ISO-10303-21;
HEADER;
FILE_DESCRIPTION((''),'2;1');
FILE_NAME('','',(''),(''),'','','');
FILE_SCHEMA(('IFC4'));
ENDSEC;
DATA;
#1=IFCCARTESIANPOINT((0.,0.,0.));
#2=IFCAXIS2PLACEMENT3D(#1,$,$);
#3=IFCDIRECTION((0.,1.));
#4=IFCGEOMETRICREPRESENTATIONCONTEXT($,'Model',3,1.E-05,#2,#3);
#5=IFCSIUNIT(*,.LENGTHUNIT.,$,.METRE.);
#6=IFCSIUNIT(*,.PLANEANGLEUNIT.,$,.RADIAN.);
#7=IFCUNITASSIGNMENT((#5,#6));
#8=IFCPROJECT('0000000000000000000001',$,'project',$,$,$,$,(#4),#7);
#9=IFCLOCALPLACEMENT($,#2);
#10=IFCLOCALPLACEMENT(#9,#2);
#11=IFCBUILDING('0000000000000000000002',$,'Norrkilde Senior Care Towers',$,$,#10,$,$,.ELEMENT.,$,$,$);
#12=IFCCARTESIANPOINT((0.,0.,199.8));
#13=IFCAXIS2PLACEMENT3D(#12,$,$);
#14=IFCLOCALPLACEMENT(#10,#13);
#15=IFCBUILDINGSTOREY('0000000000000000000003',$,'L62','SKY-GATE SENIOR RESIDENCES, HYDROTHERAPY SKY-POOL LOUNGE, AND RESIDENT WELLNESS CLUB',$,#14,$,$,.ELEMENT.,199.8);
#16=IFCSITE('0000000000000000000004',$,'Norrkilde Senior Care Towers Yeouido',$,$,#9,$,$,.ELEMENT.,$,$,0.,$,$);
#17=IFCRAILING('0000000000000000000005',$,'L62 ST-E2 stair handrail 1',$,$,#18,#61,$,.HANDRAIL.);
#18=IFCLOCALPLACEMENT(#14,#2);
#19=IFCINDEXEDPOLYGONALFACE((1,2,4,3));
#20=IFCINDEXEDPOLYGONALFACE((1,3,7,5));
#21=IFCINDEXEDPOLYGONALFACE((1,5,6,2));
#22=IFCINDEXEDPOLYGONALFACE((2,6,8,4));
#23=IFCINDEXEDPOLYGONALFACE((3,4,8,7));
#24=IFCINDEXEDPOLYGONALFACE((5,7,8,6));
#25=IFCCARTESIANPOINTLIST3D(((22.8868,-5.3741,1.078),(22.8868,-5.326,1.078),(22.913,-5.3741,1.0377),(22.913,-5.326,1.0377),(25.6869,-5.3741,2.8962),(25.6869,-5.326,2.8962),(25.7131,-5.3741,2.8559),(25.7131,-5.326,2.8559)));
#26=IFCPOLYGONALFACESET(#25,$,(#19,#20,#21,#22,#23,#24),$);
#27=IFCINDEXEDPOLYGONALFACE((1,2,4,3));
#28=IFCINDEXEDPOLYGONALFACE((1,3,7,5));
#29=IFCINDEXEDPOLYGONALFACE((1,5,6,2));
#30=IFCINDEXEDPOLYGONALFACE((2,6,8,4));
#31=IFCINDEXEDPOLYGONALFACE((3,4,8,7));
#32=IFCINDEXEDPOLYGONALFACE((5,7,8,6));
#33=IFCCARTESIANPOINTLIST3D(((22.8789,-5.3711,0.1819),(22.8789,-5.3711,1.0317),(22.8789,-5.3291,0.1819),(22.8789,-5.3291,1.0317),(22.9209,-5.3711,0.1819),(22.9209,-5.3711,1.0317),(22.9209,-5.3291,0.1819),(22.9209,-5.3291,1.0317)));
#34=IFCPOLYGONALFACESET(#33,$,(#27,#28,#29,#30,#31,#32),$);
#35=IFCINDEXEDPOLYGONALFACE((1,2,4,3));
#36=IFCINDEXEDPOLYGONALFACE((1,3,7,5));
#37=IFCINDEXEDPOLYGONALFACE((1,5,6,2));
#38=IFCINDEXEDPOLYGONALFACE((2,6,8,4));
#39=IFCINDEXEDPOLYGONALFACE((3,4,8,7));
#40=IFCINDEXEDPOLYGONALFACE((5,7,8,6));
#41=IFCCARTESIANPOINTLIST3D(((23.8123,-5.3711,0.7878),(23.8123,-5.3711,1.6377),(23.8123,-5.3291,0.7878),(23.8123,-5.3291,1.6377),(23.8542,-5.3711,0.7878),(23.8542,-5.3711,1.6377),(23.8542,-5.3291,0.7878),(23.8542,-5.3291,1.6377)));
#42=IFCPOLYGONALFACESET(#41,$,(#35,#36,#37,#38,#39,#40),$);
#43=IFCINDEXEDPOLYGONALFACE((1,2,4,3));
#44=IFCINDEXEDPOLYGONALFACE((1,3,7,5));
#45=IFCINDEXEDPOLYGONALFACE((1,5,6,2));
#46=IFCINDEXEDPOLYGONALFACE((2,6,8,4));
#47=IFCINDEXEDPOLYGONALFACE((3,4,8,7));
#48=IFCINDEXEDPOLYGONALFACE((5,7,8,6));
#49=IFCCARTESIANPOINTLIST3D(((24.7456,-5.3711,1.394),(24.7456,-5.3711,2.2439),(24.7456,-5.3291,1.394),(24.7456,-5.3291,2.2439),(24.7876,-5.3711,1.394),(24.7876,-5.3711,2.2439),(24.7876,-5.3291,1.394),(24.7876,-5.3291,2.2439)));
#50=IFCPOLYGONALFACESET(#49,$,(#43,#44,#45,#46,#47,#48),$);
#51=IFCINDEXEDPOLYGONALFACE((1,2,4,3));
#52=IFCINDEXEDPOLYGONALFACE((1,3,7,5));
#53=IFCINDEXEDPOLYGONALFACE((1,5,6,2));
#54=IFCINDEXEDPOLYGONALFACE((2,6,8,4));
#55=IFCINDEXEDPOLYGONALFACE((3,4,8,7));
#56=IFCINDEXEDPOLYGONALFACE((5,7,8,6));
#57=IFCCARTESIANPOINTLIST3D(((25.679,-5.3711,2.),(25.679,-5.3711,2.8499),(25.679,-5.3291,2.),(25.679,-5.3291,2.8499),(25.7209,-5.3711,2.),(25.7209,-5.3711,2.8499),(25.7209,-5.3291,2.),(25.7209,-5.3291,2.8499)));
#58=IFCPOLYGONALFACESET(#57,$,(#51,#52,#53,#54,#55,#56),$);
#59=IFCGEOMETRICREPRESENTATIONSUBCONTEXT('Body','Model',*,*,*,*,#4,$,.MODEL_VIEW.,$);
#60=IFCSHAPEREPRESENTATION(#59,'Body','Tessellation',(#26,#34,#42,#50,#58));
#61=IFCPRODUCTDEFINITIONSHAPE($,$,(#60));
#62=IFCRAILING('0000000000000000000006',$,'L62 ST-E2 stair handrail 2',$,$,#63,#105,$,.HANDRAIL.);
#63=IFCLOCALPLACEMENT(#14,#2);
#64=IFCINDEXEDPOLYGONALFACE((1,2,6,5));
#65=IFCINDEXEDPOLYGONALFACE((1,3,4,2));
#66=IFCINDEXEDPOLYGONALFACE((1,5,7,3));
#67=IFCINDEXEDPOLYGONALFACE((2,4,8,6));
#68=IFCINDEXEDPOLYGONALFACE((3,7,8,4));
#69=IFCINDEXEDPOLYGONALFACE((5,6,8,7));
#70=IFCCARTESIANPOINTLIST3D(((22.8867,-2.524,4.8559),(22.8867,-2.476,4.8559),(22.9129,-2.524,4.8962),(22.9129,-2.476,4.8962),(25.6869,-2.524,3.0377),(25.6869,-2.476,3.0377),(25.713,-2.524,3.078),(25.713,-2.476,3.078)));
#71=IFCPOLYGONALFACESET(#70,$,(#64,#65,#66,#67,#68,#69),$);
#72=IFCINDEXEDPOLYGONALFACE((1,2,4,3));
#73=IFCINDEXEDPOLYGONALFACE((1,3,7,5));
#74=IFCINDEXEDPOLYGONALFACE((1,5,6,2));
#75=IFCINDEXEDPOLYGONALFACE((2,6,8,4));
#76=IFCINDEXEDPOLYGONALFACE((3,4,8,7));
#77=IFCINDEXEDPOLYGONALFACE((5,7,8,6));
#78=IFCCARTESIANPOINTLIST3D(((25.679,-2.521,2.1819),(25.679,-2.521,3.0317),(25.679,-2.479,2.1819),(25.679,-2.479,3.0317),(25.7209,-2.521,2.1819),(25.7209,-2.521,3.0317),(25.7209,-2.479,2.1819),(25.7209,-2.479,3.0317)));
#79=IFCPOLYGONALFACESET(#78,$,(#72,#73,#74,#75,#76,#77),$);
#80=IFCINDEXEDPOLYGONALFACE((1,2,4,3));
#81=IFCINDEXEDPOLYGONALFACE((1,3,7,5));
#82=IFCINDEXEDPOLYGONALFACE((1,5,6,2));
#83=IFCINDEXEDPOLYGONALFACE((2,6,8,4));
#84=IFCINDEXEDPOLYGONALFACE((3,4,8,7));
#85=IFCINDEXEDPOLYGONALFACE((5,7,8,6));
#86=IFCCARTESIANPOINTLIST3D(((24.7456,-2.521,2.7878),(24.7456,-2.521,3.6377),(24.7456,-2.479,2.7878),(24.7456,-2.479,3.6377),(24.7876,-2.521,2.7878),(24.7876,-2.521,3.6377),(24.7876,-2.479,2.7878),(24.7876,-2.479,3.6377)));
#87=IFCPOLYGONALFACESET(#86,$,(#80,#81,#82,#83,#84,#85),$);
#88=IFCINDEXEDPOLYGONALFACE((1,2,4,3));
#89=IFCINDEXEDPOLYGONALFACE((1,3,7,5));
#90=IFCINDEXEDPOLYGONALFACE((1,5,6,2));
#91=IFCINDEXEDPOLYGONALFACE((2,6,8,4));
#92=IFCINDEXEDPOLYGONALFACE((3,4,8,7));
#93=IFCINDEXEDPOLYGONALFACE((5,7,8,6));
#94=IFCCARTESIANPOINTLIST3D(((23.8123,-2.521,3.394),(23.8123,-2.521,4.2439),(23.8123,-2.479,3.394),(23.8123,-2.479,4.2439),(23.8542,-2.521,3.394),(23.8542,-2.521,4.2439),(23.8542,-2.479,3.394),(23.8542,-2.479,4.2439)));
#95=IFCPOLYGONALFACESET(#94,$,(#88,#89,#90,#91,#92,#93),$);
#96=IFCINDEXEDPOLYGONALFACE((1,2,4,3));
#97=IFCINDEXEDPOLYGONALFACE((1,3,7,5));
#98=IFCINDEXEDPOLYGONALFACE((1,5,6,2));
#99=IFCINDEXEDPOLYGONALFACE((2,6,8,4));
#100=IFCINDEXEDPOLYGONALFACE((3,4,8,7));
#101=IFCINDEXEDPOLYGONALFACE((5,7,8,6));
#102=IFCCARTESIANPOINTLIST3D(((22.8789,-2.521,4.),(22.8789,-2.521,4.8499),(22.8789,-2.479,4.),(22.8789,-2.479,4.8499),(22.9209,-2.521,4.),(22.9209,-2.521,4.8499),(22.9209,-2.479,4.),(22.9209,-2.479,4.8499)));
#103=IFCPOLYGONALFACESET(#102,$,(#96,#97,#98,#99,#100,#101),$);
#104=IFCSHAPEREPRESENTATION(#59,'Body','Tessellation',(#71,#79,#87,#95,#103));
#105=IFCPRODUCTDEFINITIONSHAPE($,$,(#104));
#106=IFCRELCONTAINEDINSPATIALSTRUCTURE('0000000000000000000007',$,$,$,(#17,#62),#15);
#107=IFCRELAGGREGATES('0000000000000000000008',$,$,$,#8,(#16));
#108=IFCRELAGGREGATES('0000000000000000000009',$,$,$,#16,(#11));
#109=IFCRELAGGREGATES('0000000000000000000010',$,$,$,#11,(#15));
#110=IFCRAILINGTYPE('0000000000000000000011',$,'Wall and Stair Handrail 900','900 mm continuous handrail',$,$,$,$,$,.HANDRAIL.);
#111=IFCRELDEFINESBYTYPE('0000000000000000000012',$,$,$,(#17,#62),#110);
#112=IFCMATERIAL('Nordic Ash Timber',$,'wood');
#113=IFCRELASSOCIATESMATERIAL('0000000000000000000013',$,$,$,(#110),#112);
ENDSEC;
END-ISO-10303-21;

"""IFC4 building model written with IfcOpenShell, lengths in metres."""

from ifc_helpers import new_model, si_unit, direction, frame, origin, origin_2d, place, context, subcontext, project, spatial, rectangle, extrude, material, type_object, element, save


model = new_model("IFC4")

# Units and contexts
model_context = context("Model", 3, precision=1e-05, world=origin(), true_north=direction((0.0, 1.0)))
body_context = subcontext(model_context, "Body", "Model", "MODEL_VIEW")
ifc_project = project(units=[si_unit("LENGTHUNIT", "METRE"), si_unit("PLANEANGLEUNIT", "RADIAN")], contexts=[model_context])

# Site, building, storey
site_placement = place(None, origin())
site = spatial("IfcSite", under=ifc_project, at=site_placement, Name="Norrkilde Senior Care Towers Yeouido", CompositionType="ELEMENT", RefElevation=0.0)
building_placement = place(site_placement, origin())
building = spatial("IfcBuilding", under=site, at=building_placement, Name="Norrkilde Senior Care Towers", CompositionType="ELEMENT")
storey_placement = place(building_placement, frame((0.0, 0.0, 199.8)))
storey = spatial("IfcBuildingStorey", under=building, at=storey_placement, Name="L62", Description="SKY-GATE SENIOR RESIDENCES, HYDROTHERAPY SKY-POOL LOUNGE, AND RESIDENT WELLNESS CLUB", CompositionType="ELEMENT", Elevation=199.8)

# Railings
ifc_material_1 = material(Name="Nordic Ash Timber", Category="wood")
railing_type_1 = type_object("IfcRailingType", Name="Wall and Stair Handrail 900", Description="900 mm continuous handrail", PredefinedType="HANDRAIL", material=ifc_material_1)
railing_1_placement = place(storey_placement, frame((22.8999, -5.3501, 0.1819)))
element("IfcRailing", 1, at=railing_1_placement, inside=storey, type_object=railing_type_1, Name="L62 ST-E2 stair handrail 1", PredefinedType="HANDRAIL", context=body_context, shape_type="SweptSolid", body=[
    extrude(rectangle(XDim=0.0481, YDim=0.0481, at=origin_2d()), frame((0.0, 0.0, 0.876), z_axis=(0.838706, 0.0, 0.544585), x_axis=(0.0, 1.0, 0.0)), (0.0, 0.0, 1.0), 3.3386),
    extrude(rectangle(XDim=0.042, YDim=0.042, at=origin_2d()), origin(), (0.0, 0.0, 1.0), 0.8499),
    extrude(rectangle(XDim=0.042, YDim=0.042, at=origin_2d()), frame((0.9333, 0.0, 0.606)), (0.0, 0.0, 1.0), 0.8499),
    extrude(rectangle(XDim=0.042, YDim=0.042, at=origin_2d()), frame((1.8667, 0.0, 1.2122)), (0.0, 0.0, 1.0), 0.8499),
    extrude(rectangle(XDim=0.042, YDim=0.042, at=origin_2d()), frame((2.8, 0.0, 1.8181)), (0.0, 0.0, 1.0), 0.8499),
])
railing_2_placement = place(storey_placement, frame((25.7, -2.5, 2.1819)))
element("IfcRailing", 2, at=railing_2_placement, inside=storey, type_object=railing_type_1, Name="L62 ST-E2 stair handrail 2", PredefinedType="HANDRAIL", context=body_context, shape_type="SweptSolid", body=[
    extrude(rectangle(XDim=0.0481, YDim=0.0481, at=origin_2d()), frame((0.0, 0.0, 0.876), z_axis=(-0.838706, 0.0, 0.544585), x_axis=(0.0, -1.0, 0.0)), (0.0, 0.0, 1.0), 3.3386),
    extrude(rectangle(XDim=0.042, YDim=0.042, at=origin_2d()), origin(), (0.0, 0.0, 1.0), 0.8499),
    extrude(rectangle(XDim=0.042, YDim=0.042, at=origin_2d()), frame((-0.9333, 0.0, 0.606)), (0.0, 0.0, 1.0), 0.8499),
    extrude(rectangle(XDim=0.042, YDim=0.042, at=origin_2d()), frame((-1.8667, 0.0, 1.2122)), (0.0, 0.0, 1.0), 0.8499),
    extrude(rectangle(XDim=0.042, YDim=0.042, at=origin_2d()), frame((-2.8, 0.0, 1.8181)), (0.0, 0.0, 1.0), 0.8499),
])

save(model, "model.ifc")
